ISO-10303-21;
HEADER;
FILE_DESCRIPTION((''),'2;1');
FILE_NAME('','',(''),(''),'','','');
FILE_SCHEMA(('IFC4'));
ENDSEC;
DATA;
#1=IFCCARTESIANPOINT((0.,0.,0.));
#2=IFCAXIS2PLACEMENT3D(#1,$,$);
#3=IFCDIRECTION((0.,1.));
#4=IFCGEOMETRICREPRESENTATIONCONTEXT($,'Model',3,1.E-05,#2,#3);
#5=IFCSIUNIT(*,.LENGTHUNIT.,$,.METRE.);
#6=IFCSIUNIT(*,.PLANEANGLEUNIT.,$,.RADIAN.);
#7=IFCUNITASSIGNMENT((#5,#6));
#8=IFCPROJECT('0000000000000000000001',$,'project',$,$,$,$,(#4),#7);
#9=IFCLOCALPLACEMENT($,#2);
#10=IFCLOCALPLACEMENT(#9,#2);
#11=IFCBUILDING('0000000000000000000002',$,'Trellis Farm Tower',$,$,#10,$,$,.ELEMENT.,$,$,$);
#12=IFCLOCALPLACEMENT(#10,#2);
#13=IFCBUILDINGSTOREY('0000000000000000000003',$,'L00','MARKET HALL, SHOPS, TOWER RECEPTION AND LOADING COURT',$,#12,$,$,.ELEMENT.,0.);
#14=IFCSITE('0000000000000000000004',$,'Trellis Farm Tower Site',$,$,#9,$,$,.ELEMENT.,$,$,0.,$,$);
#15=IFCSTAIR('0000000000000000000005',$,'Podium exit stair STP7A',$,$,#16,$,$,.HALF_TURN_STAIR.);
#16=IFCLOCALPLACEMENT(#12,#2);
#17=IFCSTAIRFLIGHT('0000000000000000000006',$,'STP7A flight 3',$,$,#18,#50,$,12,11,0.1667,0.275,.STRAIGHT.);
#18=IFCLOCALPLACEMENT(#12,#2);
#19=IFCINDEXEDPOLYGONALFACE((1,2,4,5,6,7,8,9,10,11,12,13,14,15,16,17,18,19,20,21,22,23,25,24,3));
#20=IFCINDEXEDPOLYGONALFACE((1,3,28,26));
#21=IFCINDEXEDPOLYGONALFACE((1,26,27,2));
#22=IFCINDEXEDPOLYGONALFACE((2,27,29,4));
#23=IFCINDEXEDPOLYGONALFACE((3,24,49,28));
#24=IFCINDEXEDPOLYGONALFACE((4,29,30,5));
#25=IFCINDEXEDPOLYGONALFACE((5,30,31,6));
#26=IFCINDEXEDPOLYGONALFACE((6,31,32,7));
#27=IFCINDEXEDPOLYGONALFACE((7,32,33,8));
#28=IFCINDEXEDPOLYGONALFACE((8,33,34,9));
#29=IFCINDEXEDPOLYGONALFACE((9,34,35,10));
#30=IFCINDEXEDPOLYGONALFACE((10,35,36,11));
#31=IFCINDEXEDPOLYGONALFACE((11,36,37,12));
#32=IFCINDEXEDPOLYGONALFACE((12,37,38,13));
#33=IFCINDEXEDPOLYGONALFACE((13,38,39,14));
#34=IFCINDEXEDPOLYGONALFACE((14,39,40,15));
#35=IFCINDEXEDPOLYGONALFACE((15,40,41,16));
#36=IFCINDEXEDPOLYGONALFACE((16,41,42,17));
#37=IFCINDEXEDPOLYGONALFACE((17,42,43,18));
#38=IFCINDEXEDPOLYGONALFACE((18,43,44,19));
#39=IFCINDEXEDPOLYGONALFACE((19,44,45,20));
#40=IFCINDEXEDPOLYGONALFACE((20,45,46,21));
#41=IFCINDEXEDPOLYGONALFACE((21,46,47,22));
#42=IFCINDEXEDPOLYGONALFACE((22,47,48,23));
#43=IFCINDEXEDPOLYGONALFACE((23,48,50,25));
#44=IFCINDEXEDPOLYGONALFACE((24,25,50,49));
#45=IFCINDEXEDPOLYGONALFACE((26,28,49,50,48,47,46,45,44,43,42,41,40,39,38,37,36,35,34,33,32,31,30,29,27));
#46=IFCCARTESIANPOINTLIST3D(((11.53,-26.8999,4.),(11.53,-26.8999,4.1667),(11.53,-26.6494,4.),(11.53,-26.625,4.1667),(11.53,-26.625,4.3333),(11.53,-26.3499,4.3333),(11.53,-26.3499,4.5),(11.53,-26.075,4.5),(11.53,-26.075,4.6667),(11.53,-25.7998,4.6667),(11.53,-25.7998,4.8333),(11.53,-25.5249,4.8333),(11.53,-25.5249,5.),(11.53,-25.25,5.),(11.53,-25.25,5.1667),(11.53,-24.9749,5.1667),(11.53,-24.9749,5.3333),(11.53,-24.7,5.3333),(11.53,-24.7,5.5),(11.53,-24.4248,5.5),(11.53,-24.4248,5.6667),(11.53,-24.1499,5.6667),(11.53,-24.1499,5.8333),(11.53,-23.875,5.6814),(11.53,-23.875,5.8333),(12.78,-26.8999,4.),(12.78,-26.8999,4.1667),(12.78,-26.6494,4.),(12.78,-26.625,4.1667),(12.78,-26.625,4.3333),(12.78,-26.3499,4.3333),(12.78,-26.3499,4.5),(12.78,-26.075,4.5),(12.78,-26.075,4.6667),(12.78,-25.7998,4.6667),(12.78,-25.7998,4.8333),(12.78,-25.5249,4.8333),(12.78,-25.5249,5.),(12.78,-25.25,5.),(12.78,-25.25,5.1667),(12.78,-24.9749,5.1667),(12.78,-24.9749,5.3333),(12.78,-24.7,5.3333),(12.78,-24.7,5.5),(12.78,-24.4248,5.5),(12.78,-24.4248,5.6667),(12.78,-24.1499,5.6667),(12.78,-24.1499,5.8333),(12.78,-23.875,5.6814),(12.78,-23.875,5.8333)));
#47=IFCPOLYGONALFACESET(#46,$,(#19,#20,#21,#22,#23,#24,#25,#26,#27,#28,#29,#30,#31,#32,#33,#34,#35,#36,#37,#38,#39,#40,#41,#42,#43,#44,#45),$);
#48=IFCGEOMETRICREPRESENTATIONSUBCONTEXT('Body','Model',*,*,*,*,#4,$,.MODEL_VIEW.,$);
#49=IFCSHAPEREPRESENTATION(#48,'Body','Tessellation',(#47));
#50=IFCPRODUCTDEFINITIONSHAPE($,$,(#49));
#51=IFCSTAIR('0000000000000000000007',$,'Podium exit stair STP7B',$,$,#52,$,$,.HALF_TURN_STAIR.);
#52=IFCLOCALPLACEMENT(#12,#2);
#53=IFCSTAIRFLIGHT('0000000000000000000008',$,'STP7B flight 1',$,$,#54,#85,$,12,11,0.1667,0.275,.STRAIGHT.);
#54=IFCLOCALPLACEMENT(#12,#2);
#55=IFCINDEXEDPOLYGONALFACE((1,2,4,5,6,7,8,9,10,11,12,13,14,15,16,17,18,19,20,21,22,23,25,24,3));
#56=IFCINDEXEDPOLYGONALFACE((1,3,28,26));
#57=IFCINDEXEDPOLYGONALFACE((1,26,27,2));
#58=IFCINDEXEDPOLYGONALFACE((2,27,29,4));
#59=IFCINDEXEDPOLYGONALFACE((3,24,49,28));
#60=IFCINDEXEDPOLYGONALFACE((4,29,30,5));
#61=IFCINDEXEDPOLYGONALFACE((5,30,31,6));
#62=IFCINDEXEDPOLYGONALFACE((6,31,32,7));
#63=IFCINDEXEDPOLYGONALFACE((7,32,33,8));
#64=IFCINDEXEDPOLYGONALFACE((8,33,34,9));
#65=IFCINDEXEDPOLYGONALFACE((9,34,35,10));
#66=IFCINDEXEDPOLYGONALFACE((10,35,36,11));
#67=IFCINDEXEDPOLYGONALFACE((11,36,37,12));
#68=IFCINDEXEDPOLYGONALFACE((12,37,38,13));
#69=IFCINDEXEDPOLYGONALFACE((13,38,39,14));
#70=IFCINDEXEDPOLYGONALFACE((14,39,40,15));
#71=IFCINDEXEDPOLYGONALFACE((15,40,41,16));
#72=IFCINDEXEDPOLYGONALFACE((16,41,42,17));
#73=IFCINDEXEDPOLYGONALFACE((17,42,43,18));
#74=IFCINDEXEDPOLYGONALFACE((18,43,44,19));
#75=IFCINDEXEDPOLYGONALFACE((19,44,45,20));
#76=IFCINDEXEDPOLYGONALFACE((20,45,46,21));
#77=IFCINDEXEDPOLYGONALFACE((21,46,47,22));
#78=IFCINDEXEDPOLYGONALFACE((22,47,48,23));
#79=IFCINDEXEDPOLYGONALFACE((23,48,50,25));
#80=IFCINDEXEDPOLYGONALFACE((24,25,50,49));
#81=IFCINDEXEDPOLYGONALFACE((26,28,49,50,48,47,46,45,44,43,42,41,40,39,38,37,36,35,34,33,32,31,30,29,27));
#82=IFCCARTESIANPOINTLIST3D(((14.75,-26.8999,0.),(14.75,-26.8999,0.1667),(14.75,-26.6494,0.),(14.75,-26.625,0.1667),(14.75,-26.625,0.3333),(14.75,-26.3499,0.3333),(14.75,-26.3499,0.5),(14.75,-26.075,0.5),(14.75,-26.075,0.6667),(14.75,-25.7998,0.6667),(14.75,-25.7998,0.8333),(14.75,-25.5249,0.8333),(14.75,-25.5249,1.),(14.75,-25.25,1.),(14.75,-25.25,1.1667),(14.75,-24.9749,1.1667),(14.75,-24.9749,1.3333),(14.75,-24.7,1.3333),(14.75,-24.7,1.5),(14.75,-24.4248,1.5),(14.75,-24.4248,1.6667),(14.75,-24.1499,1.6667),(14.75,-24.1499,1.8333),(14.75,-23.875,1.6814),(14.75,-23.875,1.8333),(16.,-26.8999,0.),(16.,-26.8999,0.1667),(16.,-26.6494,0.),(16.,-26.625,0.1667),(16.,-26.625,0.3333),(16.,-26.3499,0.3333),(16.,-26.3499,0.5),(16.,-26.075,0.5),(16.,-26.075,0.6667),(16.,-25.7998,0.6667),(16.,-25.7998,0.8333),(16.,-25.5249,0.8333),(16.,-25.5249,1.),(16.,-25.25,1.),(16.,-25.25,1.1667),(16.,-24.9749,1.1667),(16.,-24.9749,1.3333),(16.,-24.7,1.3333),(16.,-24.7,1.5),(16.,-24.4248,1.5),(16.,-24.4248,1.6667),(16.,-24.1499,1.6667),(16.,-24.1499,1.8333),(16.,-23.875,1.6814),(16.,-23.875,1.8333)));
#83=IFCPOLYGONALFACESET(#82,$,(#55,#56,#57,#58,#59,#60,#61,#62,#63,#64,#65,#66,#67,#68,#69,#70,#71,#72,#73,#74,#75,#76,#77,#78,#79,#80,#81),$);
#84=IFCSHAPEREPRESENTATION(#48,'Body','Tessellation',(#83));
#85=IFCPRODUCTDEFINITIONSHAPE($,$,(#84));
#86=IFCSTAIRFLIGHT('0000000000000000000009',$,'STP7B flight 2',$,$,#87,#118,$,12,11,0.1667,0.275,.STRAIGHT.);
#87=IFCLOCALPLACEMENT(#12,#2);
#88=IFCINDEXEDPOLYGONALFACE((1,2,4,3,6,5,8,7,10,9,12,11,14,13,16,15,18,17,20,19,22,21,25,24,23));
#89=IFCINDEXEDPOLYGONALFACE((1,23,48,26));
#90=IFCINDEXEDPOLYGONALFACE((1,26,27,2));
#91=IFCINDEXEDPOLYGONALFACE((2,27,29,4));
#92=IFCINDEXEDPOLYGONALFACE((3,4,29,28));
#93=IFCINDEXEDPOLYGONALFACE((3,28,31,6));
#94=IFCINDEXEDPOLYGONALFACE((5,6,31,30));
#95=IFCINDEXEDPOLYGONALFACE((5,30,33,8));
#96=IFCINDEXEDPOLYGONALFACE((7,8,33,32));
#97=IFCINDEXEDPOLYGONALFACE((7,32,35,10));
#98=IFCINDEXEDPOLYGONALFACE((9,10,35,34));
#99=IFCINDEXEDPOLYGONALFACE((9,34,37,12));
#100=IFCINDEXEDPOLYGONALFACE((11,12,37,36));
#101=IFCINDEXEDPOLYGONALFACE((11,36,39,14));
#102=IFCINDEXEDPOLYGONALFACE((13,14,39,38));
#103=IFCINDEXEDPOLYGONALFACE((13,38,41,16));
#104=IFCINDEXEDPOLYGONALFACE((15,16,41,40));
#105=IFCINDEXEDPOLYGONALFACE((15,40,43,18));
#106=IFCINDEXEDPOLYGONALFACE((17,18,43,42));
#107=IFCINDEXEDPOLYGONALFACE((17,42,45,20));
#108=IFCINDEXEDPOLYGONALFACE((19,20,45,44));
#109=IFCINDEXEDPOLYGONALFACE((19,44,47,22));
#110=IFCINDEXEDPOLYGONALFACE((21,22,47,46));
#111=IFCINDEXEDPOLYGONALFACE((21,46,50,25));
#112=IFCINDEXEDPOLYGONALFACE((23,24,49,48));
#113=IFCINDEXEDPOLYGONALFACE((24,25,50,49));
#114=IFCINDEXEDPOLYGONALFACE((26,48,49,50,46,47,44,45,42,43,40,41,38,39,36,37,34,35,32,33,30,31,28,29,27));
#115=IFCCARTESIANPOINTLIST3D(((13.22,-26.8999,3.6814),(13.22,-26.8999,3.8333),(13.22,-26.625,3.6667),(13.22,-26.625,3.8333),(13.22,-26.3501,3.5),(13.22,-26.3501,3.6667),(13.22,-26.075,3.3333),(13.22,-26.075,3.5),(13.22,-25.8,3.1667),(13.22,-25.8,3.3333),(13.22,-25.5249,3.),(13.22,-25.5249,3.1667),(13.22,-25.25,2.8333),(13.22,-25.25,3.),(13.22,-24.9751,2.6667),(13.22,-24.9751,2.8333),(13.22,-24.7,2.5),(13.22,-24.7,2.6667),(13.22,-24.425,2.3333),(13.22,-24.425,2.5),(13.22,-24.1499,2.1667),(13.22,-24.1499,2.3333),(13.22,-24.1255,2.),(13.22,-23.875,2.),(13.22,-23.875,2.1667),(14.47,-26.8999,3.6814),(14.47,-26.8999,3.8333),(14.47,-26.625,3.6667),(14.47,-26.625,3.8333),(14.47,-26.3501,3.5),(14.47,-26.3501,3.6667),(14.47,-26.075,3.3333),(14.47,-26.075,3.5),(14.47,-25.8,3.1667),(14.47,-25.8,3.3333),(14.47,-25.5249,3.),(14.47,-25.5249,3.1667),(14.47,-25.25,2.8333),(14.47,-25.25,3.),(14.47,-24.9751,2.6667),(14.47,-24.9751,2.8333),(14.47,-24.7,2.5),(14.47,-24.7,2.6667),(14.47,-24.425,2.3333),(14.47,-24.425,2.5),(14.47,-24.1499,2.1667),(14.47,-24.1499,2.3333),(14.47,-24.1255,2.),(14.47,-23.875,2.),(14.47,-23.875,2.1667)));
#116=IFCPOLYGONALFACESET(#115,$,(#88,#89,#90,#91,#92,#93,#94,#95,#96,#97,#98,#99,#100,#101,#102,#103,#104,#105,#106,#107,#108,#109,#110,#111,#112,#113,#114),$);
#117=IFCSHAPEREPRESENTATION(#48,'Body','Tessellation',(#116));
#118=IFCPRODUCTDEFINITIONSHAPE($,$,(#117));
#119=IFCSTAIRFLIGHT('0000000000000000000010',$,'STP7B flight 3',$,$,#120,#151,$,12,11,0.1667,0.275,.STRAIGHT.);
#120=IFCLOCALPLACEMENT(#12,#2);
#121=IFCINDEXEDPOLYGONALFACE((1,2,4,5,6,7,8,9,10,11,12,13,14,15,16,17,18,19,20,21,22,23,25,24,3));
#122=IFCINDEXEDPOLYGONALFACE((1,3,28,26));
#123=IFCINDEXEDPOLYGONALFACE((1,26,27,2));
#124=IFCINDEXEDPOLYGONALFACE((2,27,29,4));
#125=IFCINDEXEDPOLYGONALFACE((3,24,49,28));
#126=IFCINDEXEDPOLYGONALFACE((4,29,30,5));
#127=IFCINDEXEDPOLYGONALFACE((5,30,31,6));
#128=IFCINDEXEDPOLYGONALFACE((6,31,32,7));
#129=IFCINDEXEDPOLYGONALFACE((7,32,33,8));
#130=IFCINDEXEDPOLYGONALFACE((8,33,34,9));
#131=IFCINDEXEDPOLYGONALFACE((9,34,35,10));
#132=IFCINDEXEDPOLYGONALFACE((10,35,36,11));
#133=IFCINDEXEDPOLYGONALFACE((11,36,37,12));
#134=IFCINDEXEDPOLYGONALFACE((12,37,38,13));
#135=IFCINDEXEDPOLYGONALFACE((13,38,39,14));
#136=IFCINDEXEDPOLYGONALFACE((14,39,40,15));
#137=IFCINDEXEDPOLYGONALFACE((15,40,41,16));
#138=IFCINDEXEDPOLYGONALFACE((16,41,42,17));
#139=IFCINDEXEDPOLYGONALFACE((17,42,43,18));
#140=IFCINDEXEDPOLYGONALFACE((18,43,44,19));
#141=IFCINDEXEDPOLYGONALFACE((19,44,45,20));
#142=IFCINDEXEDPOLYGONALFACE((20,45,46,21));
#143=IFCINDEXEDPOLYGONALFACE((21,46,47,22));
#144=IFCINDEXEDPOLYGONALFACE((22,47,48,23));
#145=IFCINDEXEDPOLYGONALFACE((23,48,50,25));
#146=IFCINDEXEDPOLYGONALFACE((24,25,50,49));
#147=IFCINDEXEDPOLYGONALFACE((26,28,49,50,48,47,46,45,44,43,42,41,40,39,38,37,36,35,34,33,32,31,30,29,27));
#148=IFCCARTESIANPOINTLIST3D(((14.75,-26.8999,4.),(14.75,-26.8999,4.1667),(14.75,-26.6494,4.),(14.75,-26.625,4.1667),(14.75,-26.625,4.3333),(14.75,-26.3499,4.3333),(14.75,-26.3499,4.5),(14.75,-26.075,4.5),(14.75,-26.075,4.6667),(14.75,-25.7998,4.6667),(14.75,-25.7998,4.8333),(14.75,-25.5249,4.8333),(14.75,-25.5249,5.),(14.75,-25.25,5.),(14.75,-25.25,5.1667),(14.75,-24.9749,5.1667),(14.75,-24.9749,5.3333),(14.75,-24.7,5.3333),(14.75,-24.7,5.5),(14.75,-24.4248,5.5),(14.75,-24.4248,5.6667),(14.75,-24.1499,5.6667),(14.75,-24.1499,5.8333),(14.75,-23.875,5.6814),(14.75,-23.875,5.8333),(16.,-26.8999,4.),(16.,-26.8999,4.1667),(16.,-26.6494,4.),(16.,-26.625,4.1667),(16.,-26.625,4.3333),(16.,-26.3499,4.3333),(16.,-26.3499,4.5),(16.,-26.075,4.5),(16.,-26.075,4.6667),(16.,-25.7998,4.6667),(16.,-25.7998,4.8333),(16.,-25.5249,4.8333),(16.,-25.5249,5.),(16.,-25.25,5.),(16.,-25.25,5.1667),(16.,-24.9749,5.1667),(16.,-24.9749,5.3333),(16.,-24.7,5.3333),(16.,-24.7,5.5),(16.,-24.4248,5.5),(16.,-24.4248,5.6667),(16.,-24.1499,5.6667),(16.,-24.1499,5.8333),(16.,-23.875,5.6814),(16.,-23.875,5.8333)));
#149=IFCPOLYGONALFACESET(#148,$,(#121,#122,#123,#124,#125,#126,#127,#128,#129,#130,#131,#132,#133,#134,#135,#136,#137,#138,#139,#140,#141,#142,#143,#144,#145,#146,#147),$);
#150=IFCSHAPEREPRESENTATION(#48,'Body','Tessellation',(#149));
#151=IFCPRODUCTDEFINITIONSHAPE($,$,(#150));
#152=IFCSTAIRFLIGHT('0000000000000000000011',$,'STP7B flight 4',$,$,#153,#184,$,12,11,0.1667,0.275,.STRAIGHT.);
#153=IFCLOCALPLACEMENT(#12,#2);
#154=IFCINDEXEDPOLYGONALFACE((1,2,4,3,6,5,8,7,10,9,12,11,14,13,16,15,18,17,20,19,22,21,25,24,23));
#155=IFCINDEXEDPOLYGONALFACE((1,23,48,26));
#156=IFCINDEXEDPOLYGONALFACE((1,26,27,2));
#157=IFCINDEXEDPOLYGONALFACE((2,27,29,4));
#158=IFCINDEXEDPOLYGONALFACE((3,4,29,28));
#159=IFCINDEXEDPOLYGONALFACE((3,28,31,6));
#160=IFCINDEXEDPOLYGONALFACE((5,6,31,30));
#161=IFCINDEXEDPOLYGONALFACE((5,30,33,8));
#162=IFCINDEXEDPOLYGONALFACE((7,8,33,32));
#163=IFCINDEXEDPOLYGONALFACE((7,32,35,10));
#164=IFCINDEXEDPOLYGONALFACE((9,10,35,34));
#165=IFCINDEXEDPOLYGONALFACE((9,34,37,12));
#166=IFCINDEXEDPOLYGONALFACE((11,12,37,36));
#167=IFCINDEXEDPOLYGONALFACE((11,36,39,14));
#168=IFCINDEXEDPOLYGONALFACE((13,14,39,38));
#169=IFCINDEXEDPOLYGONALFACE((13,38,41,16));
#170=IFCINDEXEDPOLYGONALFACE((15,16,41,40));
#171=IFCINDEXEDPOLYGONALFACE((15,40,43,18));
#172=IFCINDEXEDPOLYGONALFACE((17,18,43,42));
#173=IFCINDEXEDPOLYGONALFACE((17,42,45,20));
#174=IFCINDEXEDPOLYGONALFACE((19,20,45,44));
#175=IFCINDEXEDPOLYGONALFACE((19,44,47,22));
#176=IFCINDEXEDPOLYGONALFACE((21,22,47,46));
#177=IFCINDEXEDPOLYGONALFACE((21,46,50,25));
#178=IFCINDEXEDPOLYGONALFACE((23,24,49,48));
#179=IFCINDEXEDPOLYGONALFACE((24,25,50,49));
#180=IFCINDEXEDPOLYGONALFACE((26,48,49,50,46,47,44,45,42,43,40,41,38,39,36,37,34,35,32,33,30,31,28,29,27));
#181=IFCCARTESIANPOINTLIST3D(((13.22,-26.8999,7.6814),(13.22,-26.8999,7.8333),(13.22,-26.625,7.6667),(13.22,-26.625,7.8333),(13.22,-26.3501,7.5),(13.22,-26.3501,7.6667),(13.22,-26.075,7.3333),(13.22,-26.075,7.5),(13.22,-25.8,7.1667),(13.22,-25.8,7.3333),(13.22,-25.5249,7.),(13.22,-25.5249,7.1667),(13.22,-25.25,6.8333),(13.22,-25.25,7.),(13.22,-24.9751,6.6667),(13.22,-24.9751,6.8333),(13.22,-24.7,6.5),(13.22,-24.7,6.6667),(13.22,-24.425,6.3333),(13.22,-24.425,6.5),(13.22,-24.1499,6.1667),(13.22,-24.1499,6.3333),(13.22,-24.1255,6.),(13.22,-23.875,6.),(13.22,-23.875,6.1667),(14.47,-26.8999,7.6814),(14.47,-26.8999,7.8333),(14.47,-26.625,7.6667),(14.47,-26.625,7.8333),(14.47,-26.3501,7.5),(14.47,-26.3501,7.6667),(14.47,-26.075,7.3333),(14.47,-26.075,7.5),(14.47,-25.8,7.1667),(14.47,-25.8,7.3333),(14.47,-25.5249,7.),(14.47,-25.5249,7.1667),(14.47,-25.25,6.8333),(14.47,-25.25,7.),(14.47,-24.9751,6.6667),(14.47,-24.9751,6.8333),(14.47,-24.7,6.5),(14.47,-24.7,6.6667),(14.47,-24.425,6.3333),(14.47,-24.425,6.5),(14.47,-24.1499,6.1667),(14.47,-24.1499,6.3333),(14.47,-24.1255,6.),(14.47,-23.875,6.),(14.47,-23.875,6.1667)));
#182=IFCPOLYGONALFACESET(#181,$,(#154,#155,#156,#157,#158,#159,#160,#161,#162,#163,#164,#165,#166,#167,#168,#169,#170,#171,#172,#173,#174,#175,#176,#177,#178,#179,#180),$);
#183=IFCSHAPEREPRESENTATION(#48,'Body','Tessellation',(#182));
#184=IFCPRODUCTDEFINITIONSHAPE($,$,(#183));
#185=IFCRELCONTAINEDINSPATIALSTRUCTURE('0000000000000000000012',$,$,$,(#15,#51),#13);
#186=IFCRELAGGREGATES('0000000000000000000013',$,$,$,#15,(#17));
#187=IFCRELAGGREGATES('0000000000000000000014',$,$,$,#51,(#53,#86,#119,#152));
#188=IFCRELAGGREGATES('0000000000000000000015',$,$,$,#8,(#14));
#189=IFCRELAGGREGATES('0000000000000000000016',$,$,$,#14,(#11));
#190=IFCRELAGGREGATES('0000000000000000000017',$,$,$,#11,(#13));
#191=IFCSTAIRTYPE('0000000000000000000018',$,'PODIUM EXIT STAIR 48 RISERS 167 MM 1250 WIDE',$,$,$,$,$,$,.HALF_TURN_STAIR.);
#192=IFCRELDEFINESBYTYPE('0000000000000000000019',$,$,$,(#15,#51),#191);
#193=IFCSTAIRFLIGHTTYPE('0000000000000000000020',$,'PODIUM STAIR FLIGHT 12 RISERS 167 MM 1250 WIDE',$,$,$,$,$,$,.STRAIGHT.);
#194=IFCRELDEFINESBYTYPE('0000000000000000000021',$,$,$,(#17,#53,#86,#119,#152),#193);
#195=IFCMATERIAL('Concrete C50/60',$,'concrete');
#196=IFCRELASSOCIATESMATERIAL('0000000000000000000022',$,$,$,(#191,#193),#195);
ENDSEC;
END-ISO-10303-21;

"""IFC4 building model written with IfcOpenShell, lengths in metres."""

from ifc_helpers import new_model, si_unit, direction, frame, origin, place, context, subcontext, project, spatial, polyline, outline, extrude, source, transform, mapped, material, type_object, element, aggregate, save


model = new_model("IFC4")

# Units and contexts
model_context = context("Model", 3, precision=1e-05, world=origin(), true_north=direction((0.0, 1.0)))
body_context = subcontext(model_context, "Body", "Model", "MODEL_VIEW")
ifc_project = project(units=[si_unit("LENGTHUNIT", "METRE"), si_unit("PLANEANGLEUNIT", "RADIAN")], contexts=[model_context])

# Site, building, storey
site_placement = place(None, origin())
site = spatial("IfcSite", under=ifc_project, at=site_placement, Name="Trellis Farm Tower Site", CompositionType="ELEMENT", RefElevation=0.0)
building_placement = place(site_placement, origin())
building = spatial("IfcBuilding", under=site, at=building_placement, Name="Trellis Farm Tower", CompositionType="ELEMENT")
storey_placement = place(building_placement, origin())
storey = spatial("IfcBuildingStorey", under=building, at=storey_placement, Name="L00", Description="MARKET HALL, SHOPS, TOWER RECEPTION AND LOADING COURT", CompositionType="ELEMENT", Elevation=0.0)

# Stairs, stair flights
ifc_material_1 = material(Name="Concrete C50/60", Category="concrete")
stair_type = type_object("IfcStairType", Name="PODIUM EXIT STAIR 48 RISERS 167 MM 1250 WIDE", PredefinedType="HALF_TURN_STAIR", material=ifc_material_1)
placement = place(storey_placement, origin())
stair_1 = element("IfcStair", 1, at=placement, inside=storey, type_object=stair_type, Name="Podium exit stair STP7A", PredefinedType="HALF_TURN_STAIR")
stair_flight_type = type_object("IfcStairFlightType", Name="PODIUM STAIR FLIGHT 12 RISERS 167 MM 1250 WIDE", PredefinedType="STRAIGHT", material=ifc_material_1)
shared_shape_1 = source(origin(), body_context, "Body", "SweptSolid", [
    extrude(outline(polyline([(0.0, 0.0), (0.0, 0.1667), (0.2749, 0.1667), (0.2749, 0.3333), (0.55, 0.3333), (0.55, 0.5), (0.825, 0.5), (0.825, 0.6667), (1.1001, 0.6667), (1.1001, 0.8333), (1.375, 0.8333), (1.375, 1.0), (1.6499, 1.0), (1.6499, 1.1667), (1.925, 1.1667), (1.925, 1.3333), (2.2, 1.3333), (2.2, 1.5), (2.4751, 1.5), (2.4751, 1.6667), (2.75, 1.6667), (2.75, 1.8333), (3.0249, 1.8333), (3.0249, 2.0), (3.0249, 1.6814), (0.2505, 0.0), (0.0, 0.0)])), frame((0.0, 0.625, 0.0), z_axis=(0.0, -1.0, 0.0), x_axis=(1.0, 0.0, 0.0)), (0.0, 0.0, 1.0), 1.25),
])
stair_flight_1_placement = place(storey_placement, frame((12.155, -26.8999, 4.0), z_axis=(0.0, 0.0, 1.0), x_axis=(0.0, 1.0, 0.0)))
stair_flight_1 = element("IfcStairFlight", 2, at=stair_flight_1_placement, type_object=stair_flight_type, Name="STP7A flight 3", NumberOfRisers=12, NumberOfTreads=11, PredefinedType="STRAIGHT", RiserHeight=0.1667, TreadLength=0.275, context=body_context, shape_type="MappedRepresentation", body=[
    mapped(shared_shape_1, transform((0.0, 0.0, 0.0))),
])
aggregate(stair_1, [stair_flight_1])
stair_2 = element("IfcStair", 3, at=placement, inside=storey, type_object=stair_type, Name="Podium exit stair STP7B", PredefinedType="HALF_TURN_STAIR")
stair_flight_2_placement = place(storey_placement, frame((15.375, -26.8999, 0.0), z_axis=(0.0, 0.0, 1.0), x_axis=(0.0, 1.0, 0.0)))
stair_flight_2 = element("IfcStairFlight", 4, at=stair_flight_2_placement, type_object=stair_flight_type, Name="STP7B flight 1", NumberOfRisers=12, NumberOfTreads=11, PredefinedType="STRAIGHT", RiserHeight=0.1667, TreadLength=0.275, context=body_context, shape_type="MappedRepresentation", body=[
    mapped(shared_shape_1, transform((0.0, 0.0, 0.0))),
])
stair_flight_3_placement = place(storey_placement, frame((13.845, -23.875, 2.0), z_axis=(0.0, 0.0, 1.0), x_axis=(0.0, -1.0, 0.0)))
stair_flight_3 = element("IfcStairFlight", 5, at=stair_flight_3_placement, type_object=stair_flight_type, Name="STP7B flight 2", NumberOfRisers=12, NumberOfTreads=11, PredefinedType="STRAIGHT", RiserHeight=0.1667, TreadLength=0.275, context=body_context, shape_type="MappedRepresentation", body=[
    mapped(shared_shape_1, transform((0.0, 0.0, 0.0))),
])
stair_flight_4_placement = place(storey_placement, frame((15.375, -26.8999, 4.0), z_axis=(0.0, 0.0, 1.0), x_axis=(0.0, 1.0, 0.0)))
stair_flight_4 = element("IfcStairFlight", 6, at=stair_flight_4_placement, type_object=stair_flight_type, Name="STP7B flight 3", NumberOfRisers=12, NumberOfTreads=11, PredefinedType="STRAIGHT", RiserHeight=0.1667, TreadLength=0.275, context=body_context, shape_type="MappedRepresentation", body=[
    mapped(shared_shape_1, transform((0.0, 0.0, 0.0))),
])
stair_flight_5_placement = place(storey_placement, frame((13.845, -23.875, 6.0), z_axis=(0.0, 0.0, 1.0), x_axis=(0.0, -1.0, 0.0)))
stair_flight_5 = element("IfcStairFlight", 7, at=stair_flight_5_placement, type_object=stair_flight_type, Name="STP7B flight 4", NumberOfRisers=12, NumberOfTreads=11, PredefinedType="STRAIGHT", RiserHeight=0.1667, TreadLength=0.275, context=body_context, shape_type="MappedRepresentation", body=[
    mapped(shared_shape_1, transform((0.0, 0.0, 0.0))),
])
aggregate(stair_2, [stair_flight_2, stair_flight_3, stair_flight_4, stair_flight_5])

save(model, "model.ifc")
